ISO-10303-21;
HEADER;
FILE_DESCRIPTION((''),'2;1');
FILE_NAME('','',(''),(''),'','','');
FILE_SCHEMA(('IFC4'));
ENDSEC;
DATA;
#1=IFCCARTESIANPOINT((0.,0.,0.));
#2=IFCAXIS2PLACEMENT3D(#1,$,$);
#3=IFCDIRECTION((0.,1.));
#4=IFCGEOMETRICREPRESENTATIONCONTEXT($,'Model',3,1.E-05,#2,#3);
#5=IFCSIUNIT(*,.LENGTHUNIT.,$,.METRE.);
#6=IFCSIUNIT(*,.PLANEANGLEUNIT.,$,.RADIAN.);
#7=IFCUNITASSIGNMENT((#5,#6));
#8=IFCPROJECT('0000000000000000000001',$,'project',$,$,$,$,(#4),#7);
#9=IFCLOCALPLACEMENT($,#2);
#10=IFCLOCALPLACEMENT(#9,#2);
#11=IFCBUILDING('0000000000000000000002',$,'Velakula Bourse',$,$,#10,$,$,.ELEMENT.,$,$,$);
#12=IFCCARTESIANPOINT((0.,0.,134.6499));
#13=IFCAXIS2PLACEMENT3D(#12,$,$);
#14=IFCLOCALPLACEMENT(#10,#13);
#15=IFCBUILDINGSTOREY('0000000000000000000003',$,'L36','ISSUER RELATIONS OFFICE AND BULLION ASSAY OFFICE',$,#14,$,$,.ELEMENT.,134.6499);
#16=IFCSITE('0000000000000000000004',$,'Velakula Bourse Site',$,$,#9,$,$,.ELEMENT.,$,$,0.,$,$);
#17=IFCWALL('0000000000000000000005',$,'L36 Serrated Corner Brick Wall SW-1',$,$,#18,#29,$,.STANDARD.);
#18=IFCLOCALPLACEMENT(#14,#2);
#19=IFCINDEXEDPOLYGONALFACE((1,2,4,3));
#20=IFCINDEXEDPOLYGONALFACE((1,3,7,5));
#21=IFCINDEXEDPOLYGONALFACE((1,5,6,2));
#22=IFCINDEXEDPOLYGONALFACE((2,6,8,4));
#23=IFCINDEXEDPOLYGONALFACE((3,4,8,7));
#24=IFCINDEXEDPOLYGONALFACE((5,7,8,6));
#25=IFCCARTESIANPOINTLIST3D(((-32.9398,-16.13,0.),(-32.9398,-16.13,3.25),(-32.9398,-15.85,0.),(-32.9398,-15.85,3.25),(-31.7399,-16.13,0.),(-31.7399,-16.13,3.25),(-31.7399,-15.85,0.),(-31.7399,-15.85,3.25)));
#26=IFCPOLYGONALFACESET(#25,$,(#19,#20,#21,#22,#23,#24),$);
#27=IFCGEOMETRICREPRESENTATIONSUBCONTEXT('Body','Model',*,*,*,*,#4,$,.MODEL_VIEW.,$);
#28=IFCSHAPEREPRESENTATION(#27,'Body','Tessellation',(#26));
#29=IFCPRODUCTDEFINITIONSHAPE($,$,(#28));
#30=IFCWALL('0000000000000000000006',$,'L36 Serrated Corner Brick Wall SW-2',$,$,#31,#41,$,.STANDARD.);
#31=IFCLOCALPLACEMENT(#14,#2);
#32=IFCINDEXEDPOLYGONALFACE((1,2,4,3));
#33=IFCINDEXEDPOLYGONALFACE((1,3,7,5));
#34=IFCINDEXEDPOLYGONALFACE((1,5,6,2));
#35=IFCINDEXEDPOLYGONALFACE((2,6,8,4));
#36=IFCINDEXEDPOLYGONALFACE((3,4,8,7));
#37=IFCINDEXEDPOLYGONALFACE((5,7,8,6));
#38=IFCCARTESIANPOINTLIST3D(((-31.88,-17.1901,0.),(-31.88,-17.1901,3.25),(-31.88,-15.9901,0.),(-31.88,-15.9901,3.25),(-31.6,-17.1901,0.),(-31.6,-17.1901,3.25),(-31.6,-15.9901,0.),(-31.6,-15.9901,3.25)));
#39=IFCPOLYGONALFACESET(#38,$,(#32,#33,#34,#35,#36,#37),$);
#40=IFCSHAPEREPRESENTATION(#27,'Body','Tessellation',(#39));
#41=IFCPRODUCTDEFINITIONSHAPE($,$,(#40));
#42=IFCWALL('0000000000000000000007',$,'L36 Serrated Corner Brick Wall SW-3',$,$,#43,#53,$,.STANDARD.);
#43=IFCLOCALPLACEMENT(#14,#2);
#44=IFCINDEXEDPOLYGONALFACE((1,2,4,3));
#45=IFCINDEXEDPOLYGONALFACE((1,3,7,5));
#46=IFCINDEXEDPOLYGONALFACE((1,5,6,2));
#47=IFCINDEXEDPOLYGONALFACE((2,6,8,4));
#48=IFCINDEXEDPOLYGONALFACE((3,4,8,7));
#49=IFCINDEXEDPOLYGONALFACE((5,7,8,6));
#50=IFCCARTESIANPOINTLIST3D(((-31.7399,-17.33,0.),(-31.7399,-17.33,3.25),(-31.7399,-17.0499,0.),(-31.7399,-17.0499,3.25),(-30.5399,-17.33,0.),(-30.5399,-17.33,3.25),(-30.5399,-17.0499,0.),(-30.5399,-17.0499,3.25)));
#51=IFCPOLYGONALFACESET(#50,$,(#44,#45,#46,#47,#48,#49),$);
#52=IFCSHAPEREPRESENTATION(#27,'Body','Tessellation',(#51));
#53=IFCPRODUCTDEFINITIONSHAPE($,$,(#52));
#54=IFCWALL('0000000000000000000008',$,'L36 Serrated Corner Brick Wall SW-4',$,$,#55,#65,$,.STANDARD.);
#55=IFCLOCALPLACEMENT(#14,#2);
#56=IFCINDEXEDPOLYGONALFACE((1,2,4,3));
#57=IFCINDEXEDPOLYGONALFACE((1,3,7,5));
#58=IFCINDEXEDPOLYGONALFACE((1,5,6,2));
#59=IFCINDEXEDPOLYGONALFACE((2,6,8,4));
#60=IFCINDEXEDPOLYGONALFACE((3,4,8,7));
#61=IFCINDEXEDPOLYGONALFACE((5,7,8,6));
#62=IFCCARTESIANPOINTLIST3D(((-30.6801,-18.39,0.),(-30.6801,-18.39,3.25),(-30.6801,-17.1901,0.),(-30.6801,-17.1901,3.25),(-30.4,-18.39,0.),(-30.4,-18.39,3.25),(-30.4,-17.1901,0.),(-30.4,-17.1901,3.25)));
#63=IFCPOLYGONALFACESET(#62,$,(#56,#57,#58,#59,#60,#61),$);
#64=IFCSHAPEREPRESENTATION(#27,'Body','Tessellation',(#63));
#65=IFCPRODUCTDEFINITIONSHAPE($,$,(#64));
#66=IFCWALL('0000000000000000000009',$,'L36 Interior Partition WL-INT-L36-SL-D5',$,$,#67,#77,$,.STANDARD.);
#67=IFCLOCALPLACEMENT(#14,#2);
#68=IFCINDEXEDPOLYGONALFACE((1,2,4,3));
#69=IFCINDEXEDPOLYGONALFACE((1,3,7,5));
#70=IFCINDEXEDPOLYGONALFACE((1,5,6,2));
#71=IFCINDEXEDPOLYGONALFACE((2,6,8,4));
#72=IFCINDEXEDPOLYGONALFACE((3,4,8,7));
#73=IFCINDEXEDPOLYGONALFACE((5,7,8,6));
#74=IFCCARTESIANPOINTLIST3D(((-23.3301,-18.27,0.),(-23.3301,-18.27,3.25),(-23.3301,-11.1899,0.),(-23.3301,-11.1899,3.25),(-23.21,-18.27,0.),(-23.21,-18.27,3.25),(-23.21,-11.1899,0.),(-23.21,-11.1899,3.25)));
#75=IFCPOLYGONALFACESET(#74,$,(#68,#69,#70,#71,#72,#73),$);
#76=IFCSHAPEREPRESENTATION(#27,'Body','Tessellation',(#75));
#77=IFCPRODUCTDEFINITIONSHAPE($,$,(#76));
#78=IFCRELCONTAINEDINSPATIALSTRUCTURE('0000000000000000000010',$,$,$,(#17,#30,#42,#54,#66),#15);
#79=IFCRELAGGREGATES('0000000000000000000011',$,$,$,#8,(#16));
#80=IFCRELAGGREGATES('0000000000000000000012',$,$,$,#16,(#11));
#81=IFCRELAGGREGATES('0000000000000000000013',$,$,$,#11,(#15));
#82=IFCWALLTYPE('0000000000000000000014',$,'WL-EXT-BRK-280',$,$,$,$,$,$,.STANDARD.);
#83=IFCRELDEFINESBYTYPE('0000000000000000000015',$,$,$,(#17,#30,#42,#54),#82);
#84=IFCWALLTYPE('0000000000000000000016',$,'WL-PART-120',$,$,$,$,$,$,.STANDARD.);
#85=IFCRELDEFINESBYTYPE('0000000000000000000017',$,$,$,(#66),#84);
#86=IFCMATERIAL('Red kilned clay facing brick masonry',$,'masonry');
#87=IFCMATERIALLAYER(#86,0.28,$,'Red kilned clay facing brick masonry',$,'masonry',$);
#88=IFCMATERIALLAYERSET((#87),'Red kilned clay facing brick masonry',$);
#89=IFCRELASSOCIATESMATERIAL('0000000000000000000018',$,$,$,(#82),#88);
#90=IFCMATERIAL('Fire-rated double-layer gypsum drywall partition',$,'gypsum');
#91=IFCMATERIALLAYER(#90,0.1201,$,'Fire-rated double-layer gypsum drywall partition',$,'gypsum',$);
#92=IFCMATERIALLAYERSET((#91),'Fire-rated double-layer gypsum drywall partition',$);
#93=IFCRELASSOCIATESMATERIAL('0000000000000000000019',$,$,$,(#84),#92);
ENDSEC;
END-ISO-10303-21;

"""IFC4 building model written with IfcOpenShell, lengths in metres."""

from ifc_helpers import new_model, si_unit, direction, frame, frame_2d, origin, place, context, subcontext, project, spatial, rectangle, extrude, material, layer, layer_set, type_object, element, save


model = new_model("IFC4")

# Units and contexts
model_context = context("Model", 3, precision=1e-05, world=origin(), true_north=direction((0.0, 1.0)))
body_context = subcontext(model_context, "Body", "Model", "MODEL_VIEW")
ifc_project = project(units=[si_unit("LENGTHUNIT", "METRE"), si_unit("PLANEANGLEUNIT", "RADIAN")], contexts=[model_context])

# Site, building, storey
site_placement = place(None, origin())
site = spatial("IfcSite", under=ifc_project, at=site_placement, Name="Velakula Bourse Site", CompositionType="ELEMENT", RefElevation=0.0)
building_placement = place(site_placement, origin())
building = spatial("IfcBuilding", under=site, at=building_placement, Name="Velakula Bourse", CompositionType="ELEMENT")
storey_placement = place(building_placement, frame((0.0, 0.0, 134.6499)))
storey = spatial("IfcBuildingStorey", under=building, at=storey_placement, Name="L36", Description="ISSUER RELATIONS OFFICE AND BULLION ASSAY OFFICE", CompositionType="ELEMENT", Elevation=134.6499)

# Shared definitions
ifc_material_1 = material(Name="Red kilned clay facing brick masonry", Category="masonry")
ifc_layer_1 = layer(ifc_material_1, 0.28, Name="Red kilned clay facing brick masonry", Category="masonry")
ifc_layer_set_1 = layer_set([ifc_layer_1], Name="Red kilned clay facing brick masonry")
wall_type_1 = type_object("IfcWallType", Name="WL-EXT-BRK-280", PredefinedType="STANDARD", material=ifc_layer_set_1)

# Walls
for number, where, z_axis, x_axis, name in (
    (1, (-32.9399, -15.99, 0.0), (0.0, 0.0, 1.0), (1.0, 0.0, 0.0), "L36 Serrated Corner Brick Wall SW-1"),
    (2, (-31.74, -15.99, 0.0), (0.0, 0.0, 1.0), (0.0, -1.0, 0.0), "L36 Serrated Corner Brick Wall SW-2"),
    (3, (-31.74, -17.1899, 0.0), (0.0, 0.0, 1.0), (1.0, 0.0, 0.0), "L36 Serrated Corner Brick Wall SW-3"),
    (4, (-30.54, -17.1899, 0.0), (0.0, 0.0, 1.0), (0.0, -1.0, 0.0), "L36 Serrated Corner Brick Wall SW-4"),
):
    element("IfcWall", number, at=place(storey_placement, frame(where, z_axis=z_axis, x_axis=x_axis)), inside=storey, type_object=wall_type_1, Name=name, PredefinedType="STANDARD", context=body_context, shape_type="SweptSolid", body=[
        extrude(rectangle(XDim=1.2, YDim=0.28, at=frame_2d((0.6001, 0.0))), origin(), (0.0, 0.0, 1.0), 3.25),
    ])
ifc_material_2 = material(Name="Fire-rated double-layer gypsum drywall partition", Category="gypsum")
ifc_layer_2 = layer(ifc_material_2, 0.1201, Name="Fire-rated double-layer gypsum drywall partition", Category="gypsum")
ifc_layer_set_2 = layer_set([ifc_layer_2], Name="Fire-rated double-layer gypsum drywall partition")
wall_type_2 = type_object("IfcWallType", Name="WL-PART-120", PredefinedType="STANDARD", material=ifc_layer_set_2)
wall_1_placement = place(storey_placement, frame((-23.27, -18.27, 0.0), z_axis=(0.0, 0.0, 1.0), x_axis=(0.0, 1.0, 0.0)))
element("IfcWall", 5, at=wall_1_placement, inside=storey, type_object=wall_type_2, Name="L36 Interior Partition WL-INT-L36-SL-D5", PredefinedType="STANDARD", context=body_context, shape_type="SweptSolid", body=[
    extrude(rectangle(XDim=7.0801, YDim=0.1201, at=frame_2d((3.54, 0.0))), origin(), (0.0, 0.0, 1.0), 3.25),
])

save(model, "model.ifc")
